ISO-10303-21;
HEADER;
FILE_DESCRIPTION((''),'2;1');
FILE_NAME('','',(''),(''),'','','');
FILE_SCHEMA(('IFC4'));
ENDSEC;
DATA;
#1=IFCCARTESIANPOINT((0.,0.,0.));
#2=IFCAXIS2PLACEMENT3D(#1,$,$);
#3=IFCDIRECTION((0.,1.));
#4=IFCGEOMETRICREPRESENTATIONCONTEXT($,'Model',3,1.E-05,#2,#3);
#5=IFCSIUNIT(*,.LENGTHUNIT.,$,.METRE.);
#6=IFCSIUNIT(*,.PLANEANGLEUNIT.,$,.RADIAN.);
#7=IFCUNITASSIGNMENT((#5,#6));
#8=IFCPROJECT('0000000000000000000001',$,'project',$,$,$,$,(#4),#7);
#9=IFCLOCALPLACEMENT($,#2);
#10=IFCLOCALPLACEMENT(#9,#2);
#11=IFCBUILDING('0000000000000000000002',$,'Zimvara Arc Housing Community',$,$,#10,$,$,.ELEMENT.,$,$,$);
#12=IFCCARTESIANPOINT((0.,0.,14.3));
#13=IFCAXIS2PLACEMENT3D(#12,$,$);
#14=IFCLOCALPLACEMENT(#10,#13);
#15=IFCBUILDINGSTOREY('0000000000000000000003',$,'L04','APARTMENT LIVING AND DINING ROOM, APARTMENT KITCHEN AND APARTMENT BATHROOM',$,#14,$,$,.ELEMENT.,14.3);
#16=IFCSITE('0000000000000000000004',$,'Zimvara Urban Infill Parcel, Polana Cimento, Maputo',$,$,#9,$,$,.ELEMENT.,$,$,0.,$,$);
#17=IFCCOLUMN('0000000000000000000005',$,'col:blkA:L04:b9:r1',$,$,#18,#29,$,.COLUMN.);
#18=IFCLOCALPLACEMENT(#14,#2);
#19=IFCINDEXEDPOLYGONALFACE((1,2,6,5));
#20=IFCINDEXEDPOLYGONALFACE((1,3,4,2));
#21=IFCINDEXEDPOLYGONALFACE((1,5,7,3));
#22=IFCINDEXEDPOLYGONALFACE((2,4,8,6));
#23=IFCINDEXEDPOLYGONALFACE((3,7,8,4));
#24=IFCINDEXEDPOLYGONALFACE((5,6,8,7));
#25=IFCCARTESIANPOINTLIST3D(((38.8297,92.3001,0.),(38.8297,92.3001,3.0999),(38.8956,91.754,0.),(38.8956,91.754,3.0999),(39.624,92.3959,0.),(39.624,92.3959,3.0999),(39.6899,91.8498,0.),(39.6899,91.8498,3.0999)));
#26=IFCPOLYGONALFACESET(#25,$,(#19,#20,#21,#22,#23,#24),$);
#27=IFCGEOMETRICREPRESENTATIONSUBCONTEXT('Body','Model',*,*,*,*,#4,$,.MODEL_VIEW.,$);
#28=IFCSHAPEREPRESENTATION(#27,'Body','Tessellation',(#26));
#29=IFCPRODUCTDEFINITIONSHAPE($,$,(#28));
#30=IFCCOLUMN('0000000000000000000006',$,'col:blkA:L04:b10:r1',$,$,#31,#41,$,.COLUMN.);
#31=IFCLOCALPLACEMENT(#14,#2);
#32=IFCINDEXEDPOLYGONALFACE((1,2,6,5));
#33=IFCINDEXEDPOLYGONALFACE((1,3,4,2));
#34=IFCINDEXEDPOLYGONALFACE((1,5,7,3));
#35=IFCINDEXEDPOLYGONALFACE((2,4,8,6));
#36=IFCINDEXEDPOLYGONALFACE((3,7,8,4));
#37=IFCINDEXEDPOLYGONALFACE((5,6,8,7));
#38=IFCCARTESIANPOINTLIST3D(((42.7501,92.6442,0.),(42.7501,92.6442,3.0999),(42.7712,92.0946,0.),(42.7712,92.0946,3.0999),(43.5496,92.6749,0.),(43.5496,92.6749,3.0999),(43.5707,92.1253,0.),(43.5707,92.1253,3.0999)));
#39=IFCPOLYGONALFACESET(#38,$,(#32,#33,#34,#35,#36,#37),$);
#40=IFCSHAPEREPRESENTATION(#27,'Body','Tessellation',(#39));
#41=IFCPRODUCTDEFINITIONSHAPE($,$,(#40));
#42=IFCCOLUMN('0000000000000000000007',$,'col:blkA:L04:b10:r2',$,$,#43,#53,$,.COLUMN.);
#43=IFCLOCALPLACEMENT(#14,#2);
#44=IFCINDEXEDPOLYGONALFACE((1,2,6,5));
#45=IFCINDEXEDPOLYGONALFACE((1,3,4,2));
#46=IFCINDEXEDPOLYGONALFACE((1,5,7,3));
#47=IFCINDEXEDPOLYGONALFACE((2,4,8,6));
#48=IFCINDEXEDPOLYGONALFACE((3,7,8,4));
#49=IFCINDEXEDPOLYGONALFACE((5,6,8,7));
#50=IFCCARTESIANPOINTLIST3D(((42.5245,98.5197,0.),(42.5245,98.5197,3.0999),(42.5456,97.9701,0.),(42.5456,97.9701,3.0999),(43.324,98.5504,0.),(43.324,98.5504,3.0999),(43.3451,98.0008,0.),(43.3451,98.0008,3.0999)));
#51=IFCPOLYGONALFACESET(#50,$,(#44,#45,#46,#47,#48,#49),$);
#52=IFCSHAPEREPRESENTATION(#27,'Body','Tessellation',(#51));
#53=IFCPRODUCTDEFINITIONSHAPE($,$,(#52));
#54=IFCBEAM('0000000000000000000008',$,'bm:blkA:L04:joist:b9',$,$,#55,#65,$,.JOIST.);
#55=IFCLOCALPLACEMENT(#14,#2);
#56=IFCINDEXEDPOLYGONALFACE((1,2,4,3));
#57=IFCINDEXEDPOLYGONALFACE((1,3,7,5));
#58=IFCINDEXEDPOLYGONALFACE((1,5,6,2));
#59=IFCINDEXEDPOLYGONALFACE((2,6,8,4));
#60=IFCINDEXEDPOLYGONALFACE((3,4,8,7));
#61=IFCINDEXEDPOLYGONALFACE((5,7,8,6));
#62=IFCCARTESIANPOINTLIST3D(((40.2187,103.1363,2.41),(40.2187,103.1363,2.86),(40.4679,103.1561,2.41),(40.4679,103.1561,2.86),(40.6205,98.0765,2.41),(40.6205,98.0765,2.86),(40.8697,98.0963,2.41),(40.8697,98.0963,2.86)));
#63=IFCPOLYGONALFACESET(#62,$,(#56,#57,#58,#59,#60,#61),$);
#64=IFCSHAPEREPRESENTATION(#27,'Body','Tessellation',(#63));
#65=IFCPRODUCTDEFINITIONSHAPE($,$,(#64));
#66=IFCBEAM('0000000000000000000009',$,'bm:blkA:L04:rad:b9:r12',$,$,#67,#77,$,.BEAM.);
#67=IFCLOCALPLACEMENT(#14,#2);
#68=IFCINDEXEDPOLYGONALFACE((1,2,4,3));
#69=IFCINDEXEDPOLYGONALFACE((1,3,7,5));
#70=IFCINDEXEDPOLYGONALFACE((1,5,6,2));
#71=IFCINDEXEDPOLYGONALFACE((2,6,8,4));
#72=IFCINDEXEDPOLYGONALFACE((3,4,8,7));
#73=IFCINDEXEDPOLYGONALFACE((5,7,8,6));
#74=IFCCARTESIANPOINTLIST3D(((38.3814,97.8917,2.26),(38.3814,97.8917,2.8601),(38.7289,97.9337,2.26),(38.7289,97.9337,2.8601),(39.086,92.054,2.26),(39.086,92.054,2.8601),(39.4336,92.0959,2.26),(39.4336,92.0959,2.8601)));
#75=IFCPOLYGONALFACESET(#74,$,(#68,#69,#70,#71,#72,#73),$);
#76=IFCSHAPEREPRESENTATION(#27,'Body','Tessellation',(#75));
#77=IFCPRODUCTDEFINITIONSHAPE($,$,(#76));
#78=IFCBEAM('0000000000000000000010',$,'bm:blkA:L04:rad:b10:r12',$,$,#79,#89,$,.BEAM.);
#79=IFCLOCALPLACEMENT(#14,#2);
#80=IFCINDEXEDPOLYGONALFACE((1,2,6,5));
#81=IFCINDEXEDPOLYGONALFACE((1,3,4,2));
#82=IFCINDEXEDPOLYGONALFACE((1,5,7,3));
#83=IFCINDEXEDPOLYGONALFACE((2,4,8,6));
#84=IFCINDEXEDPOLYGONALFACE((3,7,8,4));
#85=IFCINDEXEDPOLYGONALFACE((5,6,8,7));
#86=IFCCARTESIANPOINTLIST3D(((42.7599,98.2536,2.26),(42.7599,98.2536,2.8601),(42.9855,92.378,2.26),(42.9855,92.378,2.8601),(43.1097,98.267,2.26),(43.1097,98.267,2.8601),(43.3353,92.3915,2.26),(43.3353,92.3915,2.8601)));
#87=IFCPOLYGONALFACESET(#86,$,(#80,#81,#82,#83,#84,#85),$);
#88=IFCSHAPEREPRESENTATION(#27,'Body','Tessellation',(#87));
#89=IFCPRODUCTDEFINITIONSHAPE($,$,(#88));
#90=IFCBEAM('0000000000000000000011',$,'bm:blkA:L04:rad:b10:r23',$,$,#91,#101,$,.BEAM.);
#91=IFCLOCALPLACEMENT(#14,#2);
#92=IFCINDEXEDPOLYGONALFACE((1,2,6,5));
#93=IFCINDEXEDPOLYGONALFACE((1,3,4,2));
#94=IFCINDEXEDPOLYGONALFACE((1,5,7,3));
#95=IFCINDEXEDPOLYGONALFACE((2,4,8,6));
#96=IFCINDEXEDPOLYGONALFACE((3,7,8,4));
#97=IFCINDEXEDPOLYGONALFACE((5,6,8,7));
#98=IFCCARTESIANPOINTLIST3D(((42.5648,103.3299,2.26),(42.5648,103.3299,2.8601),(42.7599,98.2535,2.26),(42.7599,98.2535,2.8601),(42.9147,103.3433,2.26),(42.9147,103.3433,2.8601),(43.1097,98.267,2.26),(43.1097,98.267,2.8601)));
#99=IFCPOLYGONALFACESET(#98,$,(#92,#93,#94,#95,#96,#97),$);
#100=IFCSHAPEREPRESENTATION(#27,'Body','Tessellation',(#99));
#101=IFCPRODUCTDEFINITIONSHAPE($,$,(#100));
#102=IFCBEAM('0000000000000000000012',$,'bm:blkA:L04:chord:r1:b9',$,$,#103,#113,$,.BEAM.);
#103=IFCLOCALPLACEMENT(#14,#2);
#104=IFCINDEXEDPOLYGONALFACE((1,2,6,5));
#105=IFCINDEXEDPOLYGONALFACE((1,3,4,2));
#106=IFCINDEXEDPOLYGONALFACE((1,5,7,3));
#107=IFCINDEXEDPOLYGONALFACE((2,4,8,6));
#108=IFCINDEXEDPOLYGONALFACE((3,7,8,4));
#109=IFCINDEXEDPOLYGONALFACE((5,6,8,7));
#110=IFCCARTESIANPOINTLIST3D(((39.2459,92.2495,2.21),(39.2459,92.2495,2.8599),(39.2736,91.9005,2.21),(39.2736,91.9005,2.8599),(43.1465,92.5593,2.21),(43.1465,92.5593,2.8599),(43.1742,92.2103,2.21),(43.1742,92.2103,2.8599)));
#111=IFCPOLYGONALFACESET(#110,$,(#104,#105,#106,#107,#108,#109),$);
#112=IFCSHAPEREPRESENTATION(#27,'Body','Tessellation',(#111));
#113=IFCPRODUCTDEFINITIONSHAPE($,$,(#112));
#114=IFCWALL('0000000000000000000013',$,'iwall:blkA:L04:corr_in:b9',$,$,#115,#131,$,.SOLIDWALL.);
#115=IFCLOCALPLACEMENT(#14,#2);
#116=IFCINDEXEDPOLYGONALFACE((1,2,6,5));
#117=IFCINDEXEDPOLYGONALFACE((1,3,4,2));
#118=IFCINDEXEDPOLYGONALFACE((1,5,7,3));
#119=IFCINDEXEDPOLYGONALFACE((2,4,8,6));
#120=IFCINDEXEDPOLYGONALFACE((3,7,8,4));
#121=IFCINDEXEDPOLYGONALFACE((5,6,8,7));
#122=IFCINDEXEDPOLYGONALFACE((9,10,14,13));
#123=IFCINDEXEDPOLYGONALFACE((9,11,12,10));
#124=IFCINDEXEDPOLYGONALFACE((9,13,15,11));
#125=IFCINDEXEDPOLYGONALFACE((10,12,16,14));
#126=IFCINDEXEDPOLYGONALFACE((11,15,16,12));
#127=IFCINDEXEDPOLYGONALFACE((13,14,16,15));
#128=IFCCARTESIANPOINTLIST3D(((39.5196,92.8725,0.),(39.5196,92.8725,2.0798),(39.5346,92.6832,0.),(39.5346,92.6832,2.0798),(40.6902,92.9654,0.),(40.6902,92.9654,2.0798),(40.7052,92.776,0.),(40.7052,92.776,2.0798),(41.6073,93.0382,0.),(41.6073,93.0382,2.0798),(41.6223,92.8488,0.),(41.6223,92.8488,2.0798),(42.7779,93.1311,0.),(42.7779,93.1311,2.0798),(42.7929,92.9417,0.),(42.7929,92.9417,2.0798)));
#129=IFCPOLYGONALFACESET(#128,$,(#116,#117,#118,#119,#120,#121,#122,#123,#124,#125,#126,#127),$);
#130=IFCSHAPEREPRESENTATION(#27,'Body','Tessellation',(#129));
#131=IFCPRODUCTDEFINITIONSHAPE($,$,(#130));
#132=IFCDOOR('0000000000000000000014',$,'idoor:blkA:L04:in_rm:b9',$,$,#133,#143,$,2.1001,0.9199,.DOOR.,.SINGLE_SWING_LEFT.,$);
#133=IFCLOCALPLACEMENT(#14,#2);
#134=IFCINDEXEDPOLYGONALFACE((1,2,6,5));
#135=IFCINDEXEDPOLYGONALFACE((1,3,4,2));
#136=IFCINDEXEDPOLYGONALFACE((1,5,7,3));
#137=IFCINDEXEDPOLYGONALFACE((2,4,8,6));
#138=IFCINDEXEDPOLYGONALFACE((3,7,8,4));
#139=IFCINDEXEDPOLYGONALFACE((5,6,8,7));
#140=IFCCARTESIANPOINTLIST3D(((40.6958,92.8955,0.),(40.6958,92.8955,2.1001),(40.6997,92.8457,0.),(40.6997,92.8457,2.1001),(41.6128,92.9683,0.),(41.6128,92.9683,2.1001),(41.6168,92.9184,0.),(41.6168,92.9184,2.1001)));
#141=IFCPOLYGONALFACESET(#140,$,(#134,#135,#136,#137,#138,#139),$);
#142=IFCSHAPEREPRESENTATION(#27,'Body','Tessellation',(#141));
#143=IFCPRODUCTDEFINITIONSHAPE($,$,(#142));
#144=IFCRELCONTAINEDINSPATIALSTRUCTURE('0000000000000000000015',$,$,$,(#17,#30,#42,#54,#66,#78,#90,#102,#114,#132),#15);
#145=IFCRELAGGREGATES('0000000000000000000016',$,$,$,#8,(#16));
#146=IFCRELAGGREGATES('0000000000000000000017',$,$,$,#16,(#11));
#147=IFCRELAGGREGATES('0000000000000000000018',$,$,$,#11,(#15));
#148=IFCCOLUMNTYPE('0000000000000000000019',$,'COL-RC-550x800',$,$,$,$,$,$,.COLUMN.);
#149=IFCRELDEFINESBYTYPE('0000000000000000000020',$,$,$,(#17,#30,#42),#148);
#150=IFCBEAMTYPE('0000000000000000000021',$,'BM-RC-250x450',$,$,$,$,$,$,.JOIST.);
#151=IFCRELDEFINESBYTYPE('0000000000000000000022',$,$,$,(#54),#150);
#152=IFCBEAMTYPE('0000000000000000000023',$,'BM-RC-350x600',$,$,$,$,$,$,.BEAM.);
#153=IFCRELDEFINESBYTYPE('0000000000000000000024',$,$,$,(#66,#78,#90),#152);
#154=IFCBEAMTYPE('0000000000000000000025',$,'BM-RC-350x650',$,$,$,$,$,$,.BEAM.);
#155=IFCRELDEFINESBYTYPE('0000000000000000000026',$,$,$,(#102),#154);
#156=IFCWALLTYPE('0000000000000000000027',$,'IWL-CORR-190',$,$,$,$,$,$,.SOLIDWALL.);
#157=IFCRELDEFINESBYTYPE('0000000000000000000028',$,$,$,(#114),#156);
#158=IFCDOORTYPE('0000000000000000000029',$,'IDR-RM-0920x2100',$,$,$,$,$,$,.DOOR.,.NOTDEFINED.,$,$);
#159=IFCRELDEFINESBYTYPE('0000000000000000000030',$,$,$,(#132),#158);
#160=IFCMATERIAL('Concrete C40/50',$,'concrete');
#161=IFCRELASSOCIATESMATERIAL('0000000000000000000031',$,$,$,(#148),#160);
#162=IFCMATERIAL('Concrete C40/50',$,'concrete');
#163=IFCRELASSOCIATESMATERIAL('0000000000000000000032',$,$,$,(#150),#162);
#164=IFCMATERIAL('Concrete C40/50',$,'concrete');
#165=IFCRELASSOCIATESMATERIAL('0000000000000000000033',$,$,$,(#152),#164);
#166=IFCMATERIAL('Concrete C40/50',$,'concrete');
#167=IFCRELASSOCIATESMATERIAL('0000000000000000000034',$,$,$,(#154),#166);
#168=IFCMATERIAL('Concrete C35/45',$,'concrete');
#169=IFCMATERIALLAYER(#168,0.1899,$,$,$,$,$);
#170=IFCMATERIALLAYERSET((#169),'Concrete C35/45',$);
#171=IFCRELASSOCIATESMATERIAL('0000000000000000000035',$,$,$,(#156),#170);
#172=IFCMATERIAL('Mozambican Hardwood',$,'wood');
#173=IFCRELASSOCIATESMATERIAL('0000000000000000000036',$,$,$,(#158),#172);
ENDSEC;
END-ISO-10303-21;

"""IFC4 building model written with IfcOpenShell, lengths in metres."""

from ifc_helpers import new_model, si_unit, direction, frame, frame_2d, origin, origin_2d, place, context, subcontext, project, spatial, rectangle, extrude, material, layer, layer_set, material_profile, profile_set, type_object, element, fill, save


model = new_model("IFC4")

# Units and contexts
model_context = context("Model", 3, precision=1e-05, world=origin(), true_north=direction((0.0, 1.0)))
body_context = subcontext(model_context, "Body", "Model", "MODEL_VIEW")
ifc_project = project(units=[si_unit("LENGTHUNIT", "METRE"), si_unit("PLANEANGLEUNIT", "RADIAN")], contexts=[model_context])

# Site, building, storey
site_placement = place(None, origin())
site = spatial("IfcSite", under=ifc_project, at=site_placement, Name="Zimvara Urban Infill Parcel, Polana Cimento, Maputo", CompositionType="ELEMENT", RefElevation=0.0)
building_placement = place(site_placement, origin())
building = spatial("IfcBuilding", under=site, at=building_placement, Name="Zimvara Arc Housing Community", CompositionType="ELEMENT")
storey_placement = place(building_placement, frame((0.0, 0.0, 14.3)))
storey = spatial("IfcBuildingStorey", under=building, at=storey_placement, Name="L04", Description="APARTMENT LIVING AND DINING ROOM, APARTMENT KITCHEN AND APARTMENT BATHROOM", CompositionType="ELEMENT", Elevation=14.3)

# Columns
ifc_material_1 = material(Name="Concrete C40/50", Category="concrete")
ifc_material_profile_1 = material_profile(ifc_material_1, rectangle(XDim=0.55, YDim=0.8, at=origin_2d()), Name="RC 550x800")
ifc_profile_set_1 = profile_set([ifc_material_profile_1], Name="Concrete C40/50")
column_type = type_object("IfcColumnType", Name="COL-RC-550x800", PredefinedType="COLUMN", material=ifc_profile_set_1)
for number, where, z_axis, x_axis, name in (
    (1, (39.2598, 92.075, 0.0), (0.0, 0.0, 1.0), (-0.11979, 0.992799, 0.0), "col:blkA:L04:b9:r1"),
    (2, (43.1604, 92.3848, 0.0), (0.0, 0.0, 1.0), (-0.038388, 0.999263, 0.0), "col:blkA:L04:b10:r1"),
    (3, (42.9348, 98.2603, 0.0), (0.0, 0.0, 1.0), (-0.038388, 0.999263, 0.0), "col:blkA:L04:b10:r2"),
):
    element("IfcColumn", number, at=place(storey_placement, frame(where, z_axis=z_axis, x_axis=x_axis)), inside=storey, type_object=column_type, Name=name, PredefinedType="COLUMN", context=body_context, shape_type="SweptSolid", body=[
        extrude(rectangle(XDim=0.55, YDim=0.8, at=origin_2d()), origin(), (0.0, 0.0, 1.0), 3.0999),
    ])

# Beams
ifc_material_2 = material(Name="Concrete C40/50", Category="concrete")
ifc_material_profile_2 = material_profile(ifc_material_2, rectangle(XDim=0.25, YDim=0.45, at=origin_2d()), Name="RC 250x450")
ifc_profile_set_2 = profile_set([ifc_material_profile_2], Name="Concrete C40/50")
beam_type_1 = type_object("IfcBeamType", Name="BM-RC-250x450", PredefinedType="JOIST", material=ifc_profile_set_2)
beam_1_placement = place(storey_placement, frame((40.7451, 98.0864, 2.635), z_axis=(-0.079172, 0.996861, 0.0), x_axis=(-0.996861, -0.079172, 0.0)))
element("IfcBeam", 4, at=beam_1_placement, inside=storey, type_object=beam_type_1, Name="bm:blkA:L04:joist:b9", PredefinedType="JOIST", context=body_context, shape_type="SweptSolid", body=[
    extrude(rectangle(XDim=0.25, YDim=0.45, at=origin_2d()), origin(), (0.0, 0.0, 1.0), 5.0757),
])
ifc_material_3 = material(Name="Concrete C40/50", Category="concrete")
ifc_material_profile_3 = material_profile(ifc_material_3, rectangle(XDim=0.3501, YDim=0.6001, at=origin_2d()), Name="RC 350x600")
ifc_profile_set_3 = profile_set([ifc_material_profile_3], Name="Concrete C40/50")
beam_type_2 = type_object("IfcBeamType", Name="BM-RC-350x600", PredefinedType="BEAM", material=ifc_profile_set_3)
beam_2_placement = place(storey_placement, frame((39.2598, 92.075, 2.5601), z_axis=(-0.119828, 0.992795, 0.0), x_axis=(-0.992795, -0.119828, 0.0)))
element("IfcBeam", 5, at=beam_2_placement, inside=storey, type_object=beam_type_2, Name="bm:blkA:L04:rad:b9:r12", PredefinedType="BEAM", context=body_context, shape_type="SweptSolid", body=[
    extrude(rectangle(XDim=0.3501, YDim=0.6001, at=origin_2d()), origin(), (0.0, 0.0, 1.0), 5.8801),
])
beam_3_placement = place(storey_placement, frame((43.1604, 92.3848, 2.5601), z_axis=(-0.038366, 0.999264, 0.0), x_axis=(-0.999264, -0.038366, 0.0)))
element("IfcBeam", 6, at=beam_3_placement, inside=storey, type_object=beam_type_2, Name="bm:blkA:L04:rad:b10:r12", PredefinedType="BEAM", context=body_context, shape_type="SweptSolid", body=[
    extrude(rectangle(XDim=0.3501, YDim=0.6001, at=origin_2d()), origin(), (0.0, 0.0, 1.0), 5.8799),
])
beam_4_placement = place(storey_placement, frame((42.9348, 98.2603, 2.5601), z_axis=(-0.038398, 0.999263, 0.0), x_axis=(-0.999263, -0.038398, 0.0)))
element("IfcBeam", 7, at=beam_4_placement, inside=storey, type_object=beam_type_2, Name="bm:blkA:L04:rad:b10:r23", PredefinedType="BEAM", context=body_context, shape_type="SweptSolid", body=[
    extrude(rectangle(XDim=0.3501, YDim=0.6001, at=origin_2d()), origin(), (0.0, 0.0, 1.0), 5.0801),
])
ifc_material_4 = material(Name="Concrete C40/50", Category="concrete")
ifc_material_profile_4 = material_profile(ifc_material_4, rectangle(XDim=0.3501, YDim=0.6499, at=origin_2d()), Name="RC 350x650")
ifc_profile_set_4 = profile_set([ifc_material_profile_4], Name="Concrete C40/50")
beam_type_3 = type_object("IfcBeamType", Name="BM-RC-350x650", PredefinedType="BEAM", material=ifc_profile_set_4)
beam_5_placement = place(storey_placement, frame((39.2598, 92.075, 2.5349), z_axis=(0.996861, 0.079177, 0.0), x_axis=(-0.079177, 0.996861, 0.0)))
element("IfcBeam", 8, at=beam_5_placement, inside=storey, type_object=beam_type_3, Name="bm:blkA:L04:chord:r1:b9", PredefinedType="BEAM", context=body_context, shape_type="SweptSolid", body=[
    extrude(rectangle(XDim=0.3501, YDim=0.6499, at=origin_2d()), origin(), (0.0, 0.0, 1.0), 3.9128),
])

# Wall, opening, door
ifc_material_5 = material(Name="Concrete C35/45", Category="concrete")
ifc_layer_1 = layer(ifc_material_5, 0.1899)
ifc_layer_set_1 = layer_set([ifc_layer_1], Name="Concrete C35/45")
wall_type_1 = type_object("IfcWallType", Name="IWL-CORR-190", PredefinedType="SOLIDWALL", material=ifc_layer_set_1)
wall_1_placement = place(storey_placement, frame((39.5271, 92.7778, 0.0), z_axis=(0.0, 0.0, 1.0), x_axis=(0.996867, 0.079101, 0.0)))
wall_1 = element("IfcWall", 9, at=wall_1_placement, inside=storey, type_object=wall_type_1, Name="iwall:blkA:L04:corr_in:b9", PredefinedType="SOLIDWALL", context=body_context, shape_type="SweptSolid", body=[
    extrude(rectangle(XDim=3.2686, YDim=0.1899, at=frame_2d((1.6343, 0.0))), origin(), (0.0, 0.0, 1.0), 2.0798),
])
opening_1_placement = place(wall_1_placement, frame((1.1743, 0.0, 0.0)))
opening_1 = element("IfcOpeningElement", 10, at=opening_1_placement, cuts=wall_1, PredefinedType="OPENING", context=body_context, shape_type="SweptSolid", body=[
    extrude(rectangle(XDim=0.9199, YDim=2.1001, at=frame_2d((0.46, 1.05))), frame((0.0, 0.105, 0.0), z_axis=(0.0, -1.0, 0.0), x_axis=(1.0, 0.0, 0.0)), (0.0, 0.0, 1.0), 0.21),
])
ifc_material_6 = material(Name="Mozambican Hardwood", Category="wood")
door_type_1 = type_object("IfcDoorType", Name="IDR-RM-0920x2100", OperationType="NOTDEFINED", PredefinedType="DOOR", material=ifc_material_6)
door_1_placement = place(opening_1_placement, origin())
door_1 = element("IfcDoor", 11, at=door_1_placement, inside=storey, type_object=door_type_1, Name="idoor:blkA:L04:in_rm:b9", OperationType="SINGLE_SWING_LEFT", OverallHeight=2.1001, OverallWidth=0.9199, PredefinedType="DOOR", context=body_context, shape_type="SweptSolid", body=[
    extrude(rectangle(XDim=0.9199, YDim=2.1001, at=frame_2d((0.46, 1.05))), frame((0.0, 0.0249, 0.0), z_axis=(0.0, -1.0, 0.0), x_axis=(1.0, 0.0, 0.0)), (0.0, 0.0, 1.0), 0.05),
])
fill(opening_1, door_1)

save(model, "model.ifc")
